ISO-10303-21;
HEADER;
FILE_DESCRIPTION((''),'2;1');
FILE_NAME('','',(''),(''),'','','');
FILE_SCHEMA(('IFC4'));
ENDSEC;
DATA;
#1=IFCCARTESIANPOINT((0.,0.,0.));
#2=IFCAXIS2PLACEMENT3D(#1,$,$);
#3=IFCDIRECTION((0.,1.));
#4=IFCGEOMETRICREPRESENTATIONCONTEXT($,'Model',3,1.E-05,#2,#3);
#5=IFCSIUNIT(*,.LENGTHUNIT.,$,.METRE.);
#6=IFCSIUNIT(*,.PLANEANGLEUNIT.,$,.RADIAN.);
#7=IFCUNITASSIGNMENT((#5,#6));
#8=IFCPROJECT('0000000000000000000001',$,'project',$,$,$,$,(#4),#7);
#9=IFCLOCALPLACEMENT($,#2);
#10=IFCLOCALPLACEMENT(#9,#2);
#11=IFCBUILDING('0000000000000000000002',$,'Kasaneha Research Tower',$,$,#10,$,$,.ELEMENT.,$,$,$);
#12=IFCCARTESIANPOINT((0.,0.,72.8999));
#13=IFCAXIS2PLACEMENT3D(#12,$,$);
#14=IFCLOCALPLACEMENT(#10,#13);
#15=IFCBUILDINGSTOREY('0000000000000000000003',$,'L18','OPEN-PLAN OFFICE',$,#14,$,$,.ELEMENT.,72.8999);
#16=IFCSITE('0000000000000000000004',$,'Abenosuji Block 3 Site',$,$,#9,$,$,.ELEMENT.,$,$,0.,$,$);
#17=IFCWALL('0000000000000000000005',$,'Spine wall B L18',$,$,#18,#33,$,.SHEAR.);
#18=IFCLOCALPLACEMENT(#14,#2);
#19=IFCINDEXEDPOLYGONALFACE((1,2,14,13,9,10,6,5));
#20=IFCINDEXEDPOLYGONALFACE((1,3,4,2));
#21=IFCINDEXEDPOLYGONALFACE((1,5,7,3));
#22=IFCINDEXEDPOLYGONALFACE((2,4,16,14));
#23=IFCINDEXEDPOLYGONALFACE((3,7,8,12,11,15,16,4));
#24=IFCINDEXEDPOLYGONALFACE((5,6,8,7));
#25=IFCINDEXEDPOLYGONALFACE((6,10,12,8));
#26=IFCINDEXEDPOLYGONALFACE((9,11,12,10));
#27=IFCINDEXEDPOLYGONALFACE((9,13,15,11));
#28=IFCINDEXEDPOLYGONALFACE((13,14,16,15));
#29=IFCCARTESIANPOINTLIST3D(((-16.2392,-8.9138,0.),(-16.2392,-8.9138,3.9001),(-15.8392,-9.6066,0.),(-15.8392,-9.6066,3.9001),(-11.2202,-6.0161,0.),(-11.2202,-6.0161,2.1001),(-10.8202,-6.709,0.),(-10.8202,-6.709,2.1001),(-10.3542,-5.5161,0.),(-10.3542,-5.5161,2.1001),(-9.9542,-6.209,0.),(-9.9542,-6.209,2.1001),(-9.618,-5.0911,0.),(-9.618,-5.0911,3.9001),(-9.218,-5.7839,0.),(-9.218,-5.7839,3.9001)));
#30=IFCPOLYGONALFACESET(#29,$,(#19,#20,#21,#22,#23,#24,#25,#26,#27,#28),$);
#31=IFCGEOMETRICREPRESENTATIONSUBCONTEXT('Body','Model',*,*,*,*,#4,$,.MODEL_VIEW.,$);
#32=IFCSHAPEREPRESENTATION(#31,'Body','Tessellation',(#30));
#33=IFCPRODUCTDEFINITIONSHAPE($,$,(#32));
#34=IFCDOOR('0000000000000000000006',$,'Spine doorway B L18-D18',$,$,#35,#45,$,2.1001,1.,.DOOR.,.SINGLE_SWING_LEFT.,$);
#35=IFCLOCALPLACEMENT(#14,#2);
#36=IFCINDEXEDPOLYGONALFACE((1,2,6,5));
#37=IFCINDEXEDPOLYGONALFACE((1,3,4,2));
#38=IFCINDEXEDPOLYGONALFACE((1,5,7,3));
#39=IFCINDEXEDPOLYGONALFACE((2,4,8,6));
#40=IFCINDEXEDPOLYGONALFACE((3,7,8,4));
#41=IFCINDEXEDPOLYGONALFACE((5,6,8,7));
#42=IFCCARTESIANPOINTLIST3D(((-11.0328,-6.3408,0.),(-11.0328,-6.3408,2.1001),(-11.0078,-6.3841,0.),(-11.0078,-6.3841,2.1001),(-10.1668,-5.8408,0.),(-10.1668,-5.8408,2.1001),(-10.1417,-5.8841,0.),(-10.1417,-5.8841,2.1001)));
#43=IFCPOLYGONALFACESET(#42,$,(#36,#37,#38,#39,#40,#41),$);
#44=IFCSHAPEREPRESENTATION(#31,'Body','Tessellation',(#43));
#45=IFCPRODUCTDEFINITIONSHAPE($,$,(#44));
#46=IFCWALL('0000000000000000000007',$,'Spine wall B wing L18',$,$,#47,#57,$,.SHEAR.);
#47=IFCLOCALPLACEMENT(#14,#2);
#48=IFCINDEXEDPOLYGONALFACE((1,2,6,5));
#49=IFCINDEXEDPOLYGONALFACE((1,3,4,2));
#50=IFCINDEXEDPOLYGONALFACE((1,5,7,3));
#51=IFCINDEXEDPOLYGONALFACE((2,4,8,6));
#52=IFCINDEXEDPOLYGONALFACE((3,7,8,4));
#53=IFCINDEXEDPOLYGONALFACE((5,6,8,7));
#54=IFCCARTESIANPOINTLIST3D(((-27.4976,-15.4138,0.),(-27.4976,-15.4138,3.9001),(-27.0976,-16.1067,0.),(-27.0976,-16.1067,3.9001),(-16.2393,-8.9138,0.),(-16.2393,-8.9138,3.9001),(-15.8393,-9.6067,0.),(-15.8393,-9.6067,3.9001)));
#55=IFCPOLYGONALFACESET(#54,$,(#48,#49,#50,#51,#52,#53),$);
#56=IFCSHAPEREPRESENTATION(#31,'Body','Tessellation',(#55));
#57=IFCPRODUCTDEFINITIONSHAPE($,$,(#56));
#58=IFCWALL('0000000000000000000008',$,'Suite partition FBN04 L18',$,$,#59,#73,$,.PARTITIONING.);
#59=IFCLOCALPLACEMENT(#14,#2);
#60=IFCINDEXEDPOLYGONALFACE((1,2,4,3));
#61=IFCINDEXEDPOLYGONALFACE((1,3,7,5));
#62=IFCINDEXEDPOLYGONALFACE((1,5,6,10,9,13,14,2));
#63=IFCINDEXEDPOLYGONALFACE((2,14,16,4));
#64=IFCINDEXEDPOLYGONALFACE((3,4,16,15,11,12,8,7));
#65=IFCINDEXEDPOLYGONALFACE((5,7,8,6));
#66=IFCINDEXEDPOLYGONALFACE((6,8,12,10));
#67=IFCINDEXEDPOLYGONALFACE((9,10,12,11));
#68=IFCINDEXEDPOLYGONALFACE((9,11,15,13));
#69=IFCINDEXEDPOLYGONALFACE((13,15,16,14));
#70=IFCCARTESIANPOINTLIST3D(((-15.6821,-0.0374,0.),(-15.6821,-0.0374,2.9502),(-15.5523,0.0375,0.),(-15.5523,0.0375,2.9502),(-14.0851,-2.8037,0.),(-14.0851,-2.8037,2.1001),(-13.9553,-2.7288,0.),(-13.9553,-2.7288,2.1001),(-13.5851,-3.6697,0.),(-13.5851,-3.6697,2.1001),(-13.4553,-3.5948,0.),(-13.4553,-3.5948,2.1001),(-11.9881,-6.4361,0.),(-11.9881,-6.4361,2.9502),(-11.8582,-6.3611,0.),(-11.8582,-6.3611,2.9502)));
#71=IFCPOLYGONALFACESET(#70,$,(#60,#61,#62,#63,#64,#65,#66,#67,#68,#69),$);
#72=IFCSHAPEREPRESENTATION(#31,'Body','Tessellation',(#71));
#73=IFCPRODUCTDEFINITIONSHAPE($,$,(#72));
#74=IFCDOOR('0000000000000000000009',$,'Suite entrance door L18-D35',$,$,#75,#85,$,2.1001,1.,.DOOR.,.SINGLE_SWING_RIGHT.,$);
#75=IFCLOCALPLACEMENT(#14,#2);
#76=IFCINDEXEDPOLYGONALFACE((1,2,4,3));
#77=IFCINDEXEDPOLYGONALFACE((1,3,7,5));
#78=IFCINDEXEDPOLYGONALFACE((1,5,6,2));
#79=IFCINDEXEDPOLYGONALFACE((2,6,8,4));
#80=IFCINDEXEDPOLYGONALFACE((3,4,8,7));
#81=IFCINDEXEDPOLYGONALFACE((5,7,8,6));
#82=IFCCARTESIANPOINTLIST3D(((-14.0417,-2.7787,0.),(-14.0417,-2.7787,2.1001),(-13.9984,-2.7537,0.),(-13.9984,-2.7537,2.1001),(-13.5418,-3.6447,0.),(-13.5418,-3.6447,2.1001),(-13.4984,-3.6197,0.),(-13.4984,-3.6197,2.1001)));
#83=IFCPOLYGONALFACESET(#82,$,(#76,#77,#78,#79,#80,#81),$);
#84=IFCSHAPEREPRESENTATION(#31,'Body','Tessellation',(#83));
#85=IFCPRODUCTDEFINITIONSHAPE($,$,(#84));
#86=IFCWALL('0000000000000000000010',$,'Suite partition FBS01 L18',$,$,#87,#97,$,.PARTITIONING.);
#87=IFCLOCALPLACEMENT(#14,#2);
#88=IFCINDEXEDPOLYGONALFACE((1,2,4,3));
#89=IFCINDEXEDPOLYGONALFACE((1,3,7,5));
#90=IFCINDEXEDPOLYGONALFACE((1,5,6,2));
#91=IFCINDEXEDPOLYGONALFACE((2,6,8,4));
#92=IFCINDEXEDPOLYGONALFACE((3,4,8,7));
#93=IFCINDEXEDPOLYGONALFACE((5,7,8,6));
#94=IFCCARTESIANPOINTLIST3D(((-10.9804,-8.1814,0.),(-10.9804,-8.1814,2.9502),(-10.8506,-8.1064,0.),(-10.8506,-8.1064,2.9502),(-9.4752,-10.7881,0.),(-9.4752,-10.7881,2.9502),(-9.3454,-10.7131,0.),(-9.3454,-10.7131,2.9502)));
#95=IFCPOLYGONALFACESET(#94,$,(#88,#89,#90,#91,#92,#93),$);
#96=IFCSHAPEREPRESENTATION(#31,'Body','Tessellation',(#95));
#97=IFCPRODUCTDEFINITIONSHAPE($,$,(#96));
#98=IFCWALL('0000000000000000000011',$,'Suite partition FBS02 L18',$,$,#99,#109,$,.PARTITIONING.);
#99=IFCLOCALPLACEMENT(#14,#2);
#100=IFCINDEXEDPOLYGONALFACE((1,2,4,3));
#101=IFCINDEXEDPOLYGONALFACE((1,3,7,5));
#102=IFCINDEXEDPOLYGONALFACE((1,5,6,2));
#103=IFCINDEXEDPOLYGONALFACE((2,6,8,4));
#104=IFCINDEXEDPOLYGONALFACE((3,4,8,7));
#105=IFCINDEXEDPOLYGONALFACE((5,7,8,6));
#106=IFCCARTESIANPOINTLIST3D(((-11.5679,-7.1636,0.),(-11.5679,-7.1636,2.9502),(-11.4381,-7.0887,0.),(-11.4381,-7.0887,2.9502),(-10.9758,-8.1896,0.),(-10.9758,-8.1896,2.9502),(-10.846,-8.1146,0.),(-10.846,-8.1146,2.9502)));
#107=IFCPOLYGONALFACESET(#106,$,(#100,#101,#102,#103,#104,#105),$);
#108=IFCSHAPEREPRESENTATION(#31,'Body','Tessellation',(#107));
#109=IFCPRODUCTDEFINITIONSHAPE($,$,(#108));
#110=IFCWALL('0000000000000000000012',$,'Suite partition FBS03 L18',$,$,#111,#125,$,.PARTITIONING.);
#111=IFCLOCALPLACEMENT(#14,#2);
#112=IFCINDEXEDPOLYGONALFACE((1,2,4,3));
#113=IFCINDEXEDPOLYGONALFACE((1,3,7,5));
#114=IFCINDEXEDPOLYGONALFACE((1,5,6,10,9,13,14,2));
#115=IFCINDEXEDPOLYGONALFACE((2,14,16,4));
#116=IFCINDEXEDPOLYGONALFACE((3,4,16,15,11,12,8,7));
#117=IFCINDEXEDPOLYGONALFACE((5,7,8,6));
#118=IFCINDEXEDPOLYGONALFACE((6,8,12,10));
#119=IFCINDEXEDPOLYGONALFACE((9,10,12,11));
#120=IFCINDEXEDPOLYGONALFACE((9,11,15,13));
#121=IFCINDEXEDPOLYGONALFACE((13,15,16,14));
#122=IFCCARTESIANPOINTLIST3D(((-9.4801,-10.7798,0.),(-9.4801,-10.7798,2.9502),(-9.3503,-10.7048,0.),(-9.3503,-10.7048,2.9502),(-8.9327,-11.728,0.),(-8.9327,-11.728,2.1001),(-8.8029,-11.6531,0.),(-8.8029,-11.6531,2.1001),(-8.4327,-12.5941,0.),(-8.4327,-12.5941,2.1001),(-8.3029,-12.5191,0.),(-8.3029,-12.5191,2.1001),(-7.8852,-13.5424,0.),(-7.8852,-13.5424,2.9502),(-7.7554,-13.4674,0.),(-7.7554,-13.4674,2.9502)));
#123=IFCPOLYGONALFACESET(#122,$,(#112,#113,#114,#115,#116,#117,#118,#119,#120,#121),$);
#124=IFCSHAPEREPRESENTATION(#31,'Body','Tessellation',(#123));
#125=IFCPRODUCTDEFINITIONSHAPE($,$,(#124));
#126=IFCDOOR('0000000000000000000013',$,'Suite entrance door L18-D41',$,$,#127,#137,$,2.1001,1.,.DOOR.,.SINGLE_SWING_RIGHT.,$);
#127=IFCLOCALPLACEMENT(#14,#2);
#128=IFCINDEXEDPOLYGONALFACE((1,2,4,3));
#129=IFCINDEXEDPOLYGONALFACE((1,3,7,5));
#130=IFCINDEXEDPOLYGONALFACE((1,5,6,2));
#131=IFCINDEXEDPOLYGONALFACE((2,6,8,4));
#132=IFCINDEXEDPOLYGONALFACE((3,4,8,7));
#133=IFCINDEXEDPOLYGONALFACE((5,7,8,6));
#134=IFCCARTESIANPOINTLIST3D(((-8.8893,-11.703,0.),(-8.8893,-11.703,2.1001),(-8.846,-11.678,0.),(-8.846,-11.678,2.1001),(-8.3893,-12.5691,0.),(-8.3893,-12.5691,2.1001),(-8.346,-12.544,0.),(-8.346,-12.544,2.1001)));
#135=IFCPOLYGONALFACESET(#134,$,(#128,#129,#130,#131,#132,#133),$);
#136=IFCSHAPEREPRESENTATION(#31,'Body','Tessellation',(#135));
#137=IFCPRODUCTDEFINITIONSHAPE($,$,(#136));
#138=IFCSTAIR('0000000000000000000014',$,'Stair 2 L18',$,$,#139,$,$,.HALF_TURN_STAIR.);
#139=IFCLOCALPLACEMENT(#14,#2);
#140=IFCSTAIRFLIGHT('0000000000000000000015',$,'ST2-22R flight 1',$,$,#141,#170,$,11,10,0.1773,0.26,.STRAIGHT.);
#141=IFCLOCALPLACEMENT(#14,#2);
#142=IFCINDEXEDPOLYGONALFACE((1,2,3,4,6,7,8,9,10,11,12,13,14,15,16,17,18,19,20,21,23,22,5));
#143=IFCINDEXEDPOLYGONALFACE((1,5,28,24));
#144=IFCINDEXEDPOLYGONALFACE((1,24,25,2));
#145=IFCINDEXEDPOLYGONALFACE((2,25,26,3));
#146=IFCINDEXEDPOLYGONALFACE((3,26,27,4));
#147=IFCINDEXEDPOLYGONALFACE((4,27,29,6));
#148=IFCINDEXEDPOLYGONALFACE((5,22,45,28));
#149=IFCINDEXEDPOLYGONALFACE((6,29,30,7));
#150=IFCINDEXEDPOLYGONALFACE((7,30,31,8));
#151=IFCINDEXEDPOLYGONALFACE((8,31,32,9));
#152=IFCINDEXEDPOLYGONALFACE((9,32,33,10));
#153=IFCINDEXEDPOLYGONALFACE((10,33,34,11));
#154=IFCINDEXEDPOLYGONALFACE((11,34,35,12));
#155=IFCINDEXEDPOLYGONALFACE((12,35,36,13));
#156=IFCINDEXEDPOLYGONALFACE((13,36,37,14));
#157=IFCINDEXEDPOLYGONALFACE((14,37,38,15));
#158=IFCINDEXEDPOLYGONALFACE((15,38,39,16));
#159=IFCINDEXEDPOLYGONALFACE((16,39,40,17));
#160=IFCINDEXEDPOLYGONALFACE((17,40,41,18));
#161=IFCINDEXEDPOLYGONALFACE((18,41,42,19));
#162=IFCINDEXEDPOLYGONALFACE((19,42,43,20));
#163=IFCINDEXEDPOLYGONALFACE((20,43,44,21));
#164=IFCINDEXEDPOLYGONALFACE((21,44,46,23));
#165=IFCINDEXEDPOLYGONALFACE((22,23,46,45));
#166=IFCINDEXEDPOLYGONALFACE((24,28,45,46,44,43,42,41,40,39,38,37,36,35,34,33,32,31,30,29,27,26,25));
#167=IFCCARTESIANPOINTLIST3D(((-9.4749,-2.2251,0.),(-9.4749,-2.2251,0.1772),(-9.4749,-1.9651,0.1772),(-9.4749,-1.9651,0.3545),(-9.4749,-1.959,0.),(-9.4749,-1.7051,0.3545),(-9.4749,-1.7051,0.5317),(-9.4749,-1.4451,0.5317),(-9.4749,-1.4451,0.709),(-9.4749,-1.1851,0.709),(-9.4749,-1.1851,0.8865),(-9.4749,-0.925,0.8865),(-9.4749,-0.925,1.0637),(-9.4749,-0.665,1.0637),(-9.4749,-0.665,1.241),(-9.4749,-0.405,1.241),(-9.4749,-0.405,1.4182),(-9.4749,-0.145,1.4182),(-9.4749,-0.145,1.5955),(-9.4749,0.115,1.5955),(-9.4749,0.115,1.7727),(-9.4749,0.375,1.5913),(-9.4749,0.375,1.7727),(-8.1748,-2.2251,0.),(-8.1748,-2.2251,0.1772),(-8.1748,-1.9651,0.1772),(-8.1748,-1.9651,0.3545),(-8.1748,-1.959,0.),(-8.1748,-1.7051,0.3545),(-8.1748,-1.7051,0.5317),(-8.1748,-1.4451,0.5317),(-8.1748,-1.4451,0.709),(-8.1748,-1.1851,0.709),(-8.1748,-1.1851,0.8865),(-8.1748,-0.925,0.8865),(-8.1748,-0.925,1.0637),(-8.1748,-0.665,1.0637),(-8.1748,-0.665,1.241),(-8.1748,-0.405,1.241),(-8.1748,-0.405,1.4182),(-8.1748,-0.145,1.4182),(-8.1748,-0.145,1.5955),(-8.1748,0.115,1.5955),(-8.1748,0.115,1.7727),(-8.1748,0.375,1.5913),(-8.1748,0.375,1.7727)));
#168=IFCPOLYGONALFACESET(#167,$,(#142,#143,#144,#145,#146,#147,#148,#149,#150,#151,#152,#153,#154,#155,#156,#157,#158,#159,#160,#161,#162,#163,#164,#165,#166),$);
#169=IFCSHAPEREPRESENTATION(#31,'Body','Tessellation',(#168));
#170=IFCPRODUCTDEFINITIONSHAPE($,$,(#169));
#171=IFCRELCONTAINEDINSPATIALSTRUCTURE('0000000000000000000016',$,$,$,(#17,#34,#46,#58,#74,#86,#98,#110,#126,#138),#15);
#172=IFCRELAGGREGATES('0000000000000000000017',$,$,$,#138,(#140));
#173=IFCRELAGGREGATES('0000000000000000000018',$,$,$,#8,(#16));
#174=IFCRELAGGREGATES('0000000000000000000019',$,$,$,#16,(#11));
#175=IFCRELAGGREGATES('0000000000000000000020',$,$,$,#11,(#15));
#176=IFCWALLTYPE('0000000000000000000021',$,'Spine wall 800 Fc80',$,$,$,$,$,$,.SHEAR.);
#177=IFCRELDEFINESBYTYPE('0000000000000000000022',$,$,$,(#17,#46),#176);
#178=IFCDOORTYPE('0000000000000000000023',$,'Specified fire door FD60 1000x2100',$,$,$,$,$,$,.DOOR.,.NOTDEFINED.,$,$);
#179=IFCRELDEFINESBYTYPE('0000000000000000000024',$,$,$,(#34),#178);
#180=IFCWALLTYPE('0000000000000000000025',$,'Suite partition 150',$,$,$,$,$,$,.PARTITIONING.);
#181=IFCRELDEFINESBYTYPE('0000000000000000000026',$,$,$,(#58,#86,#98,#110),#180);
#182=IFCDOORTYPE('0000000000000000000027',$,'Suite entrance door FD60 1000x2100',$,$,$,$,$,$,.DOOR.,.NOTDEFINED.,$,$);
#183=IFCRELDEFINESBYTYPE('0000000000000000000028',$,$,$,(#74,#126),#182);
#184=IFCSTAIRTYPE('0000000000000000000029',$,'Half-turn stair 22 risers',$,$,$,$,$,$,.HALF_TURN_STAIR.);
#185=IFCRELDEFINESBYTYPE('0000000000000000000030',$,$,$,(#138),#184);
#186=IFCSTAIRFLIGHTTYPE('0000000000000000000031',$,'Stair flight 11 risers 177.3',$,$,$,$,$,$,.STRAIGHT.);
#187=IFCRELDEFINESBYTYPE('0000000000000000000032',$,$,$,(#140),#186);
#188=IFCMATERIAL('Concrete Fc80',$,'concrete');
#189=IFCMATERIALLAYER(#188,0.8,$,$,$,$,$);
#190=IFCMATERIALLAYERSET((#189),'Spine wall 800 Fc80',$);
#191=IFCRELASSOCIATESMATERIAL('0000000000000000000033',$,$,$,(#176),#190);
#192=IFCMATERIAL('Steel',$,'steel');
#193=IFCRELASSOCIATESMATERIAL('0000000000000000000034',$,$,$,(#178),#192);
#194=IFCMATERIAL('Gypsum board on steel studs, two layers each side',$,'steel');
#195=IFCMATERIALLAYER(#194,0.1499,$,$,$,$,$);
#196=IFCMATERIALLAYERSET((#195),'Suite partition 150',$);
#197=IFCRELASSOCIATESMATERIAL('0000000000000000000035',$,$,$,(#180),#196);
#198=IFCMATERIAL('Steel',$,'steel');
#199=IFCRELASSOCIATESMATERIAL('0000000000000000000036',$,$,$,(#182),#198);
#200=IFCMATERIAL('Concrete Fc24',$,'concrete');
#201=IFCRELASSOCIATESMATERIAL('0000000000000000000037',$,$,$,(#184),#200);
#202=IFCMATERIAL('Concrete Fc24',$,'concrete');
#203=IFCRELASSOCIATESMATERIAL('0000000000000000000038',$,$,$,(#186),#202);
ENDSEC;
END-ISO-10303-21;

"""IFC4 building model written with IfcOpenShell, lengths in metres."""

from ifc_helpers import new_model, si_unit, direction, frame, frame_2d, origin, place, context, subcontext, project, spatial, polyline, rectangle, outline, extrude, material, layer, layer_set, type_object, element, fill, aggregate, save


model = new_model("IFC4")

# Units and contexts
model_context = context("Model", 3, precision=1e-05, world=origin(), true_north=direction((0.0, 1.0)))
body_context = subcontext(model_context, "Body", "Model", "MODEL_VIEW")
ifc_project = project(units=[si_unit("LENGTHUNIT", "METRE"), si_unit("PLANEANGLEUNIT", "RADIAN")], contexts=[model_context])

# Site, building, storey
site_placement = place(None, origin())
site = spatial("IfcSite", under=ifc_project, at=site_placement, Name="Abenosuji Block 3 Site", CompositionType="ELEMENT", RefElevation=0.0)
building_placement = place(site_placement, origin())
building = spatial("IfcBuilding", under=site, at=building_placement, Name="Kasaneha Research Tower", CompositionType="ELEMENT")
storey_placement = place(building_placement, frame((0.0, 0.0, 72.8999)))
storey = spatial("IfcBuildingStorey", under=building, at=storey_placement, Name="L18", Description="OPEN-PLAN OFFICE", CompositionType="ELEMENT", Elevation=72.8999)

# Wall, opening, door
ifc_material_1 = material(Name="Concrete Fc80", Category="concrete")
ifc_layer_1 = layer(ifc_material_1, 0.8)
ifc_layer_set_1 = layer_set([ifc_layer_1], Name="Spine wall 800 Fc80")
wall_type_1 = type_object("IfcWallType", Name="Spine wall 800 Fc80", PredefinedType="SHEAR", material=ifc_layer_set_1)
wall_1_placement = place(storey_placement, frame((-9.418, -5.4375, 0.0), z_axis=(0.0, 0.0, 1.0), x_axis=(-0.86603, -0.499992, 0.0)))
wall_1 = element("IfcWall", 1, at=wall_1_placement, inside=storey, type_object=wall_type_1, Name="Spine wall B L18", PredefinedType="SHEAR", context=body_context, shape_type="SweptSolid", body=[
    extrude(rectangle(XDim=7.6455, YDim=0.8, at=frame_2d((3.8228, 0.0))), origin(), (0.0, 0.0, 1.0), 3.9001),
])
opening_1_placement = place(wall_1_placement, frame((0.8501, 0.0, 0.0)))
opening_1 = element("IfcOpeningElement", 2, at=opening_1_placement, cuts=wall_1, PredefinedType="OPENING", context=body_context, shape_type="SweptSolid", body=[
    extrude(rectangle(XDim=1.0, YDim=2.1001, at=frame_2d((0.5, 1.05))), frame((0.0, 0.4102, 0.0), z_axis=(0.0, -1.0, 0.0), x_axis=(1.0, 0.0, 0.0)), (0.0, 0.0, 1.0), 0.8201),
])
ifc_material_2 = material(Name="Steel", Category="steel")
door_type_1 = type_object("IfcDoorType", Name="Specified fire door FD60 1000x2100", OperationType="NOTDEFINED", PredefinedType="DOOR", material=ifc_material_2)
door_1_placement = place(opening_1_placement, origin())
door_1 = element("IfcDoor", 3, at=door_1_placement, inside=storey, type_object=door_type_1, Name="Spine doorway B L18-D18", OperationType="SINGLE_SWING_LEFT", OverallHeight=2.1001, OverallWidth=1.0, PredefinedType="DOOR", context=body_context, shape_type="SweptSolid", body=[
    extrude(rectangle(XDim=1.0, YDim=2.1001, at=frame_2d((0.5, 1.05))), frame((0.0, 0.0249, 0.0), z_axis=(0.0, -1.0, 0.0), x_axis=(1.0, 0.0, 0.0)), (0.0, 0.0, 1.0), 0.05),
])
fill(opening_1, door_1)

# Wall
wall_2_placement = place(storey_placement, frame((-16.0393, -9.2603, 0.0), z_axis=(0.0, 0.0, 1.0), x_axis=(-0.866025, -0.500001, 0.0)))
element("IfcWall", 4, at=wall_2_placement, inside=storey, type_object=wall_type_1, Name="Spine wall B wing L18", PredefinedType="SHEAR", context=body_context, shape_type="SweptSolid", body=[
    extrude(rectangle(XDim=13.0, YDim=0.8, at=frame_2d((6.5, 0.0))), origin(), (0.0, 0.0, 1.0), 3.9001),
])

# Wall, opening, door
ifc_material_3 = material(Name="Gypsum board on steel studs, two layers each side", Category="steel")
ifc_layer_2 = layer(ifc_material_3, 0.1499)
ifc_layer_set_2 = layer_set([ifc_layer_2], Name="Suite partition 150")
wall_type_2 = type_object("IfcWallType", Name="Suite partition 150", PredefinedType="PARTITIONING", material=ifc_layer_set_2)
wall_3_placement = place(storey_placement, frame((-11.9231, -6.3987, 0.0), z_axis=(0.0, 0.0, 1.0), x_axis=(-0.499981, 0.866036, 0.0)))
wall_3 = element("IfcWall", 5, at=wall_3_placement, inside=storey, type_object=wall_type_2, Name="Suite partition FBN04 L18", PredefinedType="PARTITIONING", context=body_context, shape_type="SweptSolid", body=[
    extrude(rectangle(XDim=7.3884, YDim=0.1499, at=frame_2d((3.6943, 0.0))), origin(), (0.0, 0.0, 1.0), 2.9502),
])
opening_2_placement = place(wall_3_placement, frame((3.1943, 0.0, 0.0)))
opening_2 = element("IfcOpeningElement", 6, at=opening_2_placement, cuts=wall_3, PredefinedType="OPENING", context=body_context, shape_type="SweptSolid", body=[
    extrude(rectangle(XDim=1.0, YDim=2.1001, at=frame_2d((0.5, 1.05))), frame((0.0, 0.085, 0.0), z_axis=(0.0, -1.0, 0.0), x_axis=(1.0, 0.0, 0.0)), (0.0, 0.0, 1.0), 0.1699),
])
ifc_material_4 = material(Name="Steel", Category="steel")
door_type_2 = type_object("IfcDoorType", Name="Suite entrance door FD60 1000x2100", OperationType="NOTDEFINED", PredefinedType="DOOR", material=ifc_material_4)
door_2_placement = place(opening_2_placement, origin())
door_2 = element("IfcDoor", 7, at=door_2_placement, inside=storey, type_object=door_type_2, Name="Suite entrance door L18-D35", OperationType="SINGLE_SWING_RIGHT", OverallHeight=2.1001, OverallWidth=1.0, PredefinedType="DOOR", context=body_context, shape_type="SweptSolid", body=[
    extrude(rectangle(XDim=1.0, YDim=2.1001, at=frame_2d((0.5, 1.05))), frame((0.0, 0.0249, 0.0), z_axis=(0.0, -1.0, 0.0), x_axis=(1.0, 0.0, 0.0)), (0.0, 0.0, 1.0), 0.05),
])
fill(opening_2, door_2)

# Walls
wall_4_placement = place(storey_placement, frame((-9.4104, -10.7505, 0.0), z_axis=(0.0, 0.0, 1.0), x_axis=(-0.500038, 0.866003, 0.0)))
element("IfcWall", 8, at=wall_4_placement, inside=storey, type_object=wall_type_2, Name="Suite partition FBS01 L18", PredefinedType="PARTITIONING", context=body_context, shape_type="SweptSolid", body=[
    extrude(rectangle(XDim=3.01, YDim=0.1499, at=frame_2d((1.5049, 0.0))), origin(), (0.0, 0.0, 1.0), 2.9502),
])
wall_5_placement = place(storey_placement, frame((-10.9109, -8.1521, 0.0), z_axis=(0.0, 0.0, 1.0), x_axis=(-0.499841, 0.866117, 0.0)))
element("IfcWall", 9, at=wall_5_placement, inside=storey, type_object=wall_type_2, Name="Suite partition FBS02 L18", PredefinedType="PARTITIONING", context=body_context, shape_type="SweptSolid", body=[
    extrude(rectangle(XDim=1.1846, YDim=0.1499, at=frame_2d((0.5923, 0.0))), origin(), (0.0, 0.0, 1.0), 2.9502),
])

# Wall, opening, door
wall_6_placement = place(storey_placement, frame((-7.8203, -13.5049, 0.0), z_axis=(0.0, 0.0, 1.0), x_axis=(-0.499983, 0.866035, 0.0)))
wall_6 = element("IfcWall", 10, at=wall_6_placement, inside=storey, type_object=wall_type_2, Name="Suite partition FBS03 L18", PredefinedType="PARTITIONING", context=body_context, shape_type="SweptSolid", body=[
    extrude(rectangle(XDim=3.1899, YDim=0.1499, at=frame_2d((1.595, 0.0))), origin(), (0.0, 0.0, 1.0), 2.9502),
])
opening_3_placement = place(wall_6_placement, frame((1.095, 0.0, 0.0)))
opening_3 = element("IfcOpeningElement", 11, at=opening_3_placement, cuts=wall_6, PredefinedType="OPENING", context=body_context, shape_type="SweptSolid", body=[
    extrude(rectangle(XDim=1.0, YDim=2.1001, at=frame_2d((0.5, 1.05))), frame((0.0, 0.085, 0.0), z_axis=(0.0, -1.0, 0.0), x_axis=(1.0, 0.0, 0.0)), (0.0, 0.0, 1.0), 0.1699),
])
door_3_placement = place(opening_3_placement, origin())
door_3 = element("IfcDoor", 12, at=door_3_placement, inside=storey, type_object=door_type_2, Name="Suite entrance door L18-D41", OperationType="SINGLE_SWING_RIGHT", OverallHeight=2.1001, OverallWidth=1.0, PredefinedType="DOOR", context=body_context, shape_type="SweptSolid", body=[
    extrude(rectangle(XDim=1.0, YDim=2.1001, at=frame_2d((0.5, 1.05))), frame((0.0, 0.0249, 0.0), z_axis=(0.0, -1.0, 0.0), x_axis=(1.0, 0.0, 0.0)), (0.0, 0.0, 1.0), 0.05),
])
fill(opening_3, door_3)

# Stair, stair flight
ifc_material_5 = material(Name="Concrete Fc24", Category="concrete")
stair_type = type_object("IfcStairType", Name="Half-turn stair 22 risers", PredefinedType="HALF_TURN_STAIR", material=ifc_material_5)
stair_placement = place(storey_placement, origin())
stair = element("IfcStair", 13, at=stair_placement, inside=storey, type_object=stair_type, Name="Stair 2 L18", PredefinedType="HALF_TURN_STAIR")
ifc_material_6 = material(Name="Concrete Fc24", Category="concrete")
stair_flight_type = type_object("IfcStairFlightType", Name="Stair flight 11 risers 177.3", PredefinedType="STRAIGHT", material=ifc_material_6)
stair_flight_placement = place(storey_placement, frame((-8.825, -2.2251, 0.0), z_axis=(0.0, 0.0, 1.0), x_axis=(0.0, 1.0, 0.0)))
stair_flight = element("IfcStairFlight", 14, at=stair_flight_placement, type_object=stair_flight_type, Name="ST2-22R flight 1", NumberOfRisers=11, NumberOfTreads=10, PredefinedType="STRAIGHT", RiserHeight=0.1773, TreadLength=0.26, context=body_context, shape_type="SweptSolid", body=[
    extrude(outline(polyline([(0.0, 0.0), (0.0, 0.1772), (0.26, 0.1772), (0.26, 0.3545), (0.52, 0.3545), (0.52, 0.5317), (0.78, 0.5317), (0.78, 0.709), (1.04, 0.709), (1.04, 0.8865), (1.3, 0.8865), (1.3, 1.0637), (1.5601, 1.0637), (1.5601, 1.241), (1.8201, 1.241), (1.8201, 1.4182), (2.0801, 1.4182), (2.0801, 1.5955), (2.3401, 1.5955), (2.3401, 1.7727), (2.6001, 1.7727), (2.6001, 1.95), (2.6001, 1.5913), (0.2661, 0.0), (0.0, 0.0)])), frame((0.0, 0.6499, 0.0), z_axis=(0.0, -1.0, 0.0), x_axis=(1.0, 0.0, 0.0)), (0.0, 0.0, 1.0), 1.3),
])
aggregate(stair, [stair_flight])

save(model, "model.ifc")
